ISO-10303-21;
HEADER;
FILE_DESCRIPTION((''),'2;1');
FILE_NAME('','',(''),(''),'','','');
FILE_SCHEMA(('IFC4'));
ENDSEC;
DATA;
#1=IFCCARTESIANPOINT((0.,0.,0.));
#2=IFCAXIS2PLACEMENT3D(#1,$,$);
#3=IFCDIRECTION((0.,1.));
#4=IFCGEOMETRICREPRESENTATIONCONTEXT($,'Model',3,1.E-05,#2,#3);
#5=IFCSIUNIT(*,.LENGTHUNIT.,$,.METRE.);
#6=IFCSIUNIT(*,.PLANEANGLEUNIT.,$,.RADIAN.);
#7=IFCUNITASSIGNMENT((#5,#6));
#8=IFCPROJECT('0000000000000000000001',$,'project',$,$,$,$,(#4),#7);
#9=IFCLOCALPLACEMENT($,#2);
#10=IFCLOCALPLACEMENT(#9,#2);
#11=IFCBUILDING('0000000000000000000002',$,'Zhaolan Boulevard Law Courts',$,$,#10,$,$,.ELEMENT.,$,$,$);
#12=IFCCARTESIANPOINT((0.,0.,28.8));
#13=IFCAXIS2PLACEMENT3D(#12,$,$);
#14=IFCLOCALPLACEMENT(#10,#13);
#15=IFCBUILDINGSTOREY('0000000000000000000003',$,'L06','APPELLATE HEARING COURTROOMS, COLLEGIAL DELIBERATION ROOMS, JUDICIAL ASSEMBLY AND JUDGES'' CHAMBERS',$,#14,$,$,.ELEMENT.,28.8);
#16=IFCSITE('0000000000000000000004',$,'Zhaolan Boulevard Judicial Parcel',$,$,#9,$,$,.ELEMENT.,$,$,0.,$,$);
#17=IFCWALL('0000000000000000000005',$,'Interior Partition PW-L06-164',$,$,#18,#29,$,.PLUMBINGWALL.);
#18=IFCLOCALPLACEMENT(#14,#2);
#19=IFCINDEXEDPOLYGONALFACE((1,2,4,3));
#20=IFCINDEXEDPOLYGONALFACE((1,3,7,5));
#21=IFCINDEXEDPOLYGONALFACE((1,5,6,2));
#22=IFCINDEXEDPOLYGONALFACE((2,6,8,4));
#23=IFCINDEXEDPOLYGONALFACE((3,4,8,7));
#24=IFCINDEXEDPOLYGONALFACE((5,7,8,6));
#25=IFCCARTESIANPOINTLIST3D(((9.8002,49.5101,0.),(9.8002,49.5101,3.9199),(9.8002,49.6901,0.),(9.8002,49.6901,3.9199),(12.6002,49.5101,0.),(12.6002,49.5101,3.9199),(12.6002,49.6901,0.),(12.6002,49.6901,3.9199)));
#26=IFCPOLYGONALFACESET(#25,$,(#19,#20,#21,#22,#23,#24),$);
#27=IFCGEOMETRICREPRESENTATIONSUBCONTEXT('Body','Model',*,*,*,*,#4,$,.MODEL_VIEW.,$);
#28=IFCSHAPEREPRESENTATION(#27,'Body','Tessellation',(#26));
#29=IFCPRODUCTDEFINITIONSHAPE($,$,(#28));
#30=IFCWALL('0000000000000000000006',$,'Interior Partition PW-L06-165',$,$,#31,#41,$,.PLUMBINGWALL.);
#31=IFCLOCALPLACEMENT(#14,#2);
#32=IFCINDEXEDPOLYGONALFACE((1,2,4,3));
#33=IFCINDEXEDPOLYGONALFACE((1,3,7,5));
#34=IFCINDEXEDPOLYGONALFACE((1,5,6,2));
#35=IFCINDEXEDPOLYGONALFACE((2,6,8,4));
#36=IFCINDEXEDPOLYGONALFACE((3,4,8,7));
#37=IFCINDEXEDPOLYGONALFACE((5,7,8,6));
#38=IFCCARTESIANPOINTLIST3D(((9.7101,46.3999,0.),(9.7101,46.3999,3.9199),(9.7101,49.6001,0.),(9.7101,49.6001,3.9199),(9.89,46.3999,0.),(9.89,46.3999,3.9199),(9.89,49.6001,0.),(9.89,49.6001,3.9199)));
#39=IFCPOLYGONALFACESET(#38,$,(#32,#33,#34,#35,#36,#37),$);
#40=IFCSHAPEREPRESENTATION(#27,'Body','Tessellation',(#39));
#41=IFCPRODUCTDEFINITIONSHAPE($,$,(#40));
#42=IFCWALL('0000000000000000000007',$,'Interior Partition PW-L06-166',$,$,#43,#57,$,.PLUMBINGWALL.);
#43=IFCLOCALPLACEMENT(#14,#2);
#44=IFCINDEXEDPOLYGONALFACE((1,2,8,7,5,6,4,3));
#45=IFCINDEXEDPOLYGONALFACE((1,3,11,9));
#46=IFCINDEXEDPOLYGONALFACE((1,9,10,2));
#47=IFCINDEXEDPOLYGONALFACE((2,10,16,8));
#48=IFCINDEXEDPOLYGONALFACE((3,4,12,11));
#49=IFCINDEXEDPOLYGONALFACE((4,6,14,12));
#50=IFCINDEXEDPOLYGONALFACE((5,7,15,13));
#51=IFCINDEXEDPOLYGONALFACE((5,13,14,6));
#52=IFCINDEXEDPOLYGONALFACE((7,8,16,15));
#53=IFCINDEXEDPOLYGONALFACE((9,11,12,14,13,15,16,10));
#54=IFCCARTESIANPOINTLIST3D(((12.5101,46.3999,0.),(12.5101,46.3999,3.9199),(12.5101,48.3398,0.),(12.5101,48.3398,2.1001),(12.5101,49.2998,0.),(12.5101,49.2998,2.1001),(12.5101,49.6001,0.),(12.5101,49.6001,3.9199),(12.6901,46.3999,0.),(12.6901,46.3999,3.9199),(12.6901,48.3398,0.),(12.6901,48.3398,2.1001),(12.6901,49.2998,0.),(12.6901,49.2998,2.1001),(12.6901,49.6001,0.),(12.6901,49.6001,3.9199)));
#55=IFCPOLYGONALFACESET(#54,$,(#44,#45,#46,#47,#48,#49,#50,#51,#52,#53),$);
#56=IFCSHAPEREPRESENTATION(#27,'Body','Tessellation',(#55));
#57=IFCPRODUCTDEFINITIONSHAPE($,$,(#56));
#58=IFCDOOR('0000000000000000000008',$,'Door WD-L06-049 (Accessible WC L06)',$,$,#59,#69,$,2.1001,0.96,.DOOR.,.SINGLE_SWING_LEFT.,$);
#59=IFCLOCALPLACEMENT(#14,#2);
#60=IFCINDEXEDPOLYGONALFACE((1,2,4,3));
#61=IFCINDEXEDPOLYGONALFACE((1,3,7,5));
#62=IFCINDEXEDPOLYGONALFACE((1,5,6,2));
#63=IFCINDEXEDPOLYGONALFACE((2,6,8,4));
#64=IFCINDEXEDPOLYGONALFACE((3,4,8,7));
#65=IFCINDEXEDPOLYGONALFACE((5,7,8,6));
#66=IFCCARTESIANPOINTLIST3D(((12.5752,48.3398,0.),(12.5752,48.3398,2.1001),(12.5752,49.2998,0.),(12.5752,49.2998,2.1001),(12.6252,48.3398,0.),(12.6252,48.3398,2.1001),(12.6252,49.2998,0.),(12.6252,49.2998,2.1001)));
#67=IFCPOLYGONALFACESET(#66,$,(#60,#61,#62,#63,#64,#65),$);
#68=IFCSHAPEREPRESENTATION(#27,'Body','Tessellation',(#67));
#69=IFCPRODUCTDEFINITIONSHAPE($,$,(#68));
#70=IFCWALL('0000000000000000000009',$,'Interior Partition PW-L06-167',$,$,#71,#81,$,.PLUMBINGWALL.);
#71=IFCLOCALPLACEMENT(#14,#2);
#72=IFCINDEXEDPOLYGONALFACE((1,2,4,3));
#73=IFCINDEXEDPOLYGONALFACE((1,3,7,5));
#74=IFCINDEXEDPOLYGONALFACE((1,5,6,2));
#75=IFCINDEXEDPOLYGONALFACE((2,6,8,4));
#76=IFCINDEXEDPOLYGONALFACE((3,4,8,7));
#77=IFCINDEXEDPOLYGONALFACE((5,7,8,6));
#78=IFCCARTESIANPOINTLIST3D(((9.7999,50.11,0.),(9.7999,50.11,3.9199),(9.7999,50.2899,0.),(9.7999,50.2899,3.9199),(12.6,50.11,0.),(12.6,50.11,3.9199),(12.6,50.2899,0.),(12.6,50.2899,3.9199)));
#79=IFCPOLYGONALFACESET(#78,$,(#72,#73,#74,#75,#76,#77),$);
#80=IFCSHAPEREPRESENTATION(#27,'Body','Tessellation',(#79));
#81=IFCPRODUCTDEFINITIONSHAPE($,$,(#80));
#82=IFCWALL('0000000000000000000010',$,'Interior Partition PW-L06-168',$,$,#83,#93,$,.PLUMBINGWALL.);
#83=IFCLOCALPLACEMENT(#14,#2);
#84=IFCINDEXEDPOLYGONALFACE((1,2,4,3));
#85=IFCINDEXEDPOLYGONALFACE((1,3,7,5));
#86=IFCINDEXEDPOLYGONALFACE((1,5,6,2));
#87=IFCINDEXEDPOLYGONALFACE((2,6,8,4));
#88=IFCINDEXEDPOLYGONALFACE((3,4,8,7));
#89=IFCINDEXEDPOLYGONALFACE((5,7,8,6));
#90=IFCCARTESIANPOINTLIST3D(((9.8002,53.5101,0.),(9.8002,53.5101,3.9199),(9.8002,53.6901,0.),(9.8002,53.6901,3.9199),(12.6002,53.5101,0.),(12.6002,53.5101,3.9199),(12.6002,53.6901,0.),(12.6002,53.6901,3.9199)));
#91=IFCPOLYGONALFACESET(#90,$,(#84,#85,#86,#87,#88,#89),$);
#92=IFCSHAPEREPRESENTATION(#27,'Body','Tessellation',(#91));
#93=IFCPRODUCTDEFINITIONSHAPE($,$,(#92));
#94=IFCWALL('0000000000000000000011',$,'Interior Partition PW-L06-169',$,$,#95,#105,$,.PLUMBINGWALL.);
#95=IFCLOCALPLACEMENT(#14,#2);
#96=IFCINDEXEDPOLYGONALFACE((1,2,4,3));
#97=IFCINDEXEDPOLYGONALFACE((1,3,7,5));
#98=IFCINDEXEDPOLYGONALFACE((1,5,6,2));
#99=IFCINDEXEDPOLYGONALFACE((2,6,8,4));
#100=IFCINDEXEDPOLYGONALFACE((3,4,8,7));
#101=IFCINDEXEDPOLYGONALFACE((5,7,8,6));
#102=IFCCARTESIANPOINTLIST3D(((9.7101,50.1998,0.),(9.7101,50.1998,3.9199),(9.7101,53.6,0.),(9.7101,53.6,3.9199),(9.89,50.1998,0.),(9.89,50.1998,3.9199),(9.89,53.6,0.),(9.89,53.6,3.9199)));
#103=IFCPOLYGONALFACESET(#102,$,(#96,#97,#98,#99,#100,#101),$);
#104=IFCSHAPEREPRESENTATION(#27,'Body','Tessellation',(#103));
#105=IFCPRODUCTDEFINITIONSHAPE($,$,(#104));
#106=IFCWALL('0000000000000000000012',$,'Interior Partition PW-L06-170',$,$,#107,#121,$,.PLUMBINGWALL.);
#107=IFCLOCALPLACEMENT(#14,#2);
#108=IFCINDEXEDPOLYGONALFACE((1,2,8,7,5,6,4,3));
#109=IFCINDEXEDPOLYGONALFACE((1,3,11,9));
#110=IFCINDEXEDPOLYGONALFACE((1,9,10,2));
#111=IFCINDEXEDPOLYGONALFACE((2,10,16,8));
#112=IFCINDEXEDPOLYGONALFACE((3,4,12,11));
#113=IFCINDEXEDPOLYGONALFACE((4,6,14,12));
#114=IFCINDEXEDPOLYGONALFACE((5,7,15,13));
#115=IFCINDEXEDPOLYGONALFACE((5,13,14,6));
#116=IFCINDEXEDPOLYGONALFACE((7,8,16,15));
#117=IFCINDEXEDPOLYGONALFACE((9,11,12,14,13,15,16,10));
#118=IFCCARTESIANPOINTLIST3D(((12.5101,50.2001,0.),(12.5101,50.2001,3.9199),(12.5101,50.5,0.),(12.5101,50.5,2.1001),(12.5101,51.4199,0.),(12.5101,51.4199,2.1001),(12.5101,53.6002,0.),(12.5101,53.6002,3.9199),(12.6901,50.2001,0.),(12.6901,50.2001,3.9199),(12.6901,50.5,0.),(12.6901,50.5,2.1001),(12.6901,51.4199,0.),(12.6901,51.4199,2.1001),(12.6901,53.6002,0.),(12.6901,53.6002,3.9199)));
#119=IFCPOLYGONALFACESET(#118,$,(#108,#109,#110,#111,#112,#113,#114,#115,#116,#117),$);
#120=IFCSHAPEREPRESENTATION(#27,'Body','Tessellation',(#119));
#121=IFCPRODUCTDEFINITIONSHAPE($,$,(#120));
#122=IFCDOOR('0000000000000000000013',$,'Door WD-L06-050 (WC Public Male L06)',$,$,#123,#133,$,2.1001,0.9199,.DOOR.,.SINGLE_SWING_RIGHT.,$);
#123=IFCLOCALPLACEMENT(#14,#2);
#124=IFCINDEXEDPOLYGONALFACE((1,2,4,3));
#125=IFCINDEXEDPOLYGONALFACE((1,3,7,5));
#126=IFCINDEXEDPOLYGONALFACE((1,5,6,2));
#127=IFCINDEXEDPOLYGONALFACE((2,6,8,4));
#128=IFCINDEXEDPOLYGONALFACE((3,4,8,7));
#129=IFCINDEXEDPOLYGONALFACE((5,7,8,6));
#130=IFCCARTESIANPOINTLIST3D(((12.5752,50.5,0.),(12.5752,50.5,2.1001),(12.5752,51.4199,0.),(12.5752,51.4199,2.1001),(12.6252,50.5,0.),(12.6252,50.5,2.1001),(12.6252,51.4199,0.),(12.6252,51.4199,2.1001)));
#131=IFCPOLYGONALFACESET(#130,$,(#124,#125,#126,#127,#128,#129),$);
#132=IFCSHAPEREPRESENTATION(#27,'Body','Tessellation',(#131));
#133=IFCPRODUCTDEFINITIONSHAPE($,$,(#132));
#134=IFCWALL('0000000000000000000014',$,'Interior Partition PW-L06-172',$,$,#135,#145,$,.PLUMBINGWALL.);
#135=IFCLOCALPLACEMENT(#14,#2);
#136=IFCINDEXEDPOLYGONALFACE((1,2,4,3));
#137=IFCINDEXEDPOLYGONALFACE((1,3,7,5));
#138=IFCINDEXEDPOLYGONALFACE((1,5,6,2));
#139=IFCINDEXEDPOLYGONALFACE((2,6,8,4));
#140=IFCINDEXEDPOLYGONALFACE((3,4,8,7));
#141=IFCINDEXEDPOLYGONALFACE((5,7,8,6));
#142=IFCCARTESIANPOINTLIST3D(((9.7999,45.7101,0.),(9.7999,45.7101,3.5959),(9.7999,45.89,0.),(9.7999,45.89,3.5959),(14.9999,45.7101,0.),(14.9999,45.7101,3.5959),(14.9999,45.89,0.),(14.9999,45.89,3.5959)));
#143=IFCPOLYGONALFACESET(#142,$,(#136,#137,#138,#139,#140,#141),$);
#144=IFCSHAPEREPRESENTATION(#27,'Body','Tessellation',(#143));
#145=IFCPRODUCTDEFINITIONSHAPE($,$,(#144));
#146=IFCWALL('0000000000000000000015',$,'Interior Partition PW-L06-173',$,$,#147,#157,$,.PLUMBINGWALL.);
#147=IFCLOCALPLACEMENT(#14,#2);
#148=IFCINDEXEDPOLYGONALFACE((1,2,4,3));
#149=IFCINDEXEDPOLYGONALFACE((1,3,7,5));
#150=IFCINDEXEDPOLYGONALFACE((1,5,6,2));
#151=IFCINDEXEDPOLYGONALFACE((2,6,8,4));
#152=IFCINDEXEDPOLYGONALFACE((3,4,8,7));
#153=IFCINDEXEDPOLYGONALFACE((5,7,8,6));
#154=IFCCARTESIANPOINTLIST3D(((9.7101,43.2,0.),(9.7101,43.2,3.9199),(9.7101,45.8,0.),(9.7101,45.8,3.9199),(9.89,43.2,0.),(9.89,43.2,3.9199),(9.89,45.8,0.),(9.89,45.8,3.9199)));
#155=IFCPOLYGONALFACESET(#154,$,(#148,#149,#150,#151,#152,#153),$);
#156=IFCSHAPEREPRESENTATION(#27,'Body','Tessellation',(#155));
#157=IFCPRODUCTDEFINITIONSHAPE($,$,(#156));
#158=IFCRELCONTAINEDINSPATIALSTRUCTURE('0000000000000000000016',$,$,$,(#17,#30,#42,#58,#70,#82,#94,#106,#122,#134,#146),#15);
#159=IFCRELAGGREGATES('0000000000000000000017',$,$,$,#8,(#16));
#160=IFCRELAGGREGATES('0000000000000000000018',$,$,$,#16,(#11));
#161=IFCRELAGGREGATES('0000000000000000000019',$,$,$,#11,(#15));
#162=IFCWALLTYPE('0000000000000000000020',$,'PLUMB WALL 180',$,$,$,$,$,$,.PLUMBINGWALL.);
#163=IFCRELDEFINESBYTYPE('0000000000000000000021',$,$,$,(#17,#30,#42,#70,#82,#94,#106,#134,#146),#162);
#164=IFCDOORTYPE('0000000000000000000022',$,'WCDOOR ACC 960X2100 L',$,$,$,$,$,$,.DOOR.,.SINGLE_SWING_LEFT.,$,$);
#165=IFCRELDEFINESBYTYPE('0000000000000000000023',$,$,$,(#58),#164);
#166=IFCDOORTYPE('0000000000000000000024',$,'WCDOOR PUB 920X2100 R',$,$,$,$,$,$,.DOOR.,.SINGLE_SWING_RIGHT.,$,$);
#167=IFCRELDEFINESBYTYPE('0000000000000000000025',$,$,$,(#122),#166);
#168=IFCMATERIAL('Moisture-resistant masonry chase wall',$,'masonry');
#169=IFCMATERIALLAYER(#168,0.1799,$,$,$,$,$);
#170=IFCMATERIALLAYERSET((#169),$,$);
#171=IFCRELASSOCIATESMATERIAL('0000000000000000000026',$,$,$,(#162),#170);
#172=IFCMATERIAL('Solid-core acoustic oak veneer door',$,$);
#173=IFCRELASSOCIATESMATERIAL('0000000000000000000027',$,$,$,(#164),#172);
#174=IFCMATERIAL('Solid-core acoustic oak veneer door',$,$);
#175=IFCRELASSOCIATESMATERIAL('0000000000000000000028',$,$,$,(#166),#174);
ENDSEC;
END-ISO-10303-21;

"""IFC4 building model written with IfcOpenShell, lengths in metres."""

from ifc_helpers import new_model, si_unit, direction, frame, frame_2d, origin, place, context, subcontext, project, spatial, rectangle, extrude, material, layer, layer_set, type_object, element, fill, save


model = new_model("IFC4")

# Units and contexts
model_context = context("Model", 3, precision=1e-05, world=origin(), true_north=direction((0.0, 1.0)))
body_context = subcontext(model_context, "Body", "Model", "MODEL_VIEW")
ifc_project = project(units=[si_unit("LENGTHUNIT", "METRE"), si_unit("PLANEANGLEUNIT", "RADIAN")], contexts=[model_context])

# Site, building, storey
site_placement = place(None, origin())
site = spatial("IfcSite", under=ifc_project, at=site_placement, Name="Zhaolan Boulevard Judicial Parcel", CompositionType="ELEMENT", RefElevation=0.0)
building_placement = place(site_placement, origin())
building = spatial("IfcBuilding", under=site, at=building_placement, Name="Zhaolan Boulevard Law Courts", CompositionType="ELEMENT")
storey_placement = place(building_placement, frame((0.0, 0.0, 28.8)))
storey = spatial("IfcBuildingStorey", under=building, at=storey_placement, Name="L06", Description="APPELLATE HEARING COURTROOMS, COLLEGIAL DELIBERATION ROOMS, JUDICIAL ASSEMBLY AND JUDGES' CHAMBERS", CompositionType="ELEMENT", Elevation=28.8)

# Walls
ifc_material_1 = material(Name="Moisture-resistant masonry chase wall", Category="masonry")
ifc_layer_1 = layer(ifc_material_1, 0.1799)
ifc_layer_set_1 = layer_set([ifc_layer_1])
wall_type_1 = type_object("IfcWallType", Name="PLUMB WALL 180", PredefinedType="PLUMBINGWALL", material=ifc_layer_set_1)
for number, where, z_axis, x_axis, name in (
    (1, (12.6001, 49.6001, 0.0), (0.0, 0.0, 1.0), (-1.0, 0.0, 0.0), "Interior Partition PW-L06-164"),
):
    element("IfcWall", number, at=place(storey_placement, frame(where, z_axis=z_axis, x_axis=x_axis)), inside=storey, type_object=wall_type_1, Name=name, PredefinedType="PLUMBINGWALL", context=body_context, shape_type="SweptSolid", body=[
        extrude(rectangle(XDim=2.8, YDim=0.1799, at=frame_2d((1.3999, 0.0))), origin(), (0.0, 0.0, 1.0), 3.9199),
    ])
wall_1_placement = place(storey_placement, frame((9.8, 49.6001, 0.0), z_axis=(0.0, 0.0, 1.0), x_axis=(0.0, -1.0, 0.0)))
element("IfcWall", 2, at=wall_1_placement, inside=storey, type_object=wall_type_1, Name="Interior Partition PW-L06-165", PredefinedType="PLUMBINGWALL", context=body_context, shape_type="SweptSolid", body=[
    extrude(rectangle(XDim=3.2002, YDim=0.1799, at=frame_2d((1.6001, 0.0))), origin(), (0.0, 0.0, 1.0), 3.9199),
])

# Wall, opening, door
wall_2_placement = place(storey_placement, frame((12.6001, 46.3999, 0.0), z_axis=(0.0, 0.0, 1.0), x_axis=(0.0, 1.0, 0.0)))
wall_2 = element("IfcWall", 3, at=wall_2_placement, inside=storey, type_object=wall_type_1, Name="Interior Partition PW-L06-166", PredefinedType="PLUMBINGWALL", context=body_context, shape_type="SweptSolid", body=[
    extrude(rectangle(XDim=3.2002, YDim=0.1799, at=frame_2d((1.6001, 0.0))), origin(), (0.0, 0.0, 1.0), 3.9199),
])
opening_1_placement = place(wall_2_placement, frame((1.9399, 0.0, 0.0)))
opening_1 = element("IfcOpeningElement", 4, at=opening_1_placement, cuts=wall_2, PredefinedType="OPENING", context=body_context, shape_type="SweptSolid", body=[
    extrude(rectangle(XDim=0.96, YDim=2.1001, at=frame_2d((0.48, 1.05))), frame((0.0, 0.0999, 0.0), z_axis=(0.0, -1.0, 0.0), x_axis=(1.0, 0.0, 0.0)), (0.0, 0.0, 1.0), 0.2),
])
ifc_material_2 = material(Name="Solid-core acoustic oak veneer door")
door_type_1 = type_object("IfcDoorType", Name="WCDOOR ACC 960X2100 L", OperationType="SINGLE_SWING_LEFT", PredefinedType="DOOR", material=ifc_material_2)
door_1_placement = place(opening_1_placement, origin())
door_1 = element("IfcDoor", 5, at=door_1_placement, inside=storey, type_object=door_type_1, Name="Door WD-L06-049 (Accessible WC L06)", OperationType="SINGLE_SWING_LEFT", OverallHeight=2.1001, OverallWidth=0.96, PredefinedType="DOOR", context=body_context, shape_type="SweptSolid", body=[
    extrude(rectangle(XDim=0.96, YDim=2.1001, at=frame_2d((0.48, 1.05))), frame((0.0, 0.0249, 0.0), z_axis=(0.0, -1.0, 0.0), x_axis=(1.0, 0.0, 0.0)), (0.0, 0.0, 1.0), 0.05),
])
fill(opening_1, door_1)

# Walls
for number, where, z_axis, x_axis, name in (
    (6, (9.8, 50.2, 0.0), (0.0, 0.0, 1.0), (1.0, 0.0, 0.0), "Interior Partition PW-L06-167"),
    (7, (12.6001, 53.6001, 0.0), (0.0, 0.0, 1.0), (-1.0, 0.0, 0.0), "Interior Partition PW-L06-168"),
):
    element("IfcWall", number, at=place(storey_placement, frame(where, z_axis=z_axis, x_axis=x_axis)), inside=storey, type_object=wall_type_1, Name=name, PredefinedType="PLUMBINGWALL", context=body_context, shape_type="SweptSolid", body=[
        extrude(rectangle(XDim=2.8, YDim=0.1799, at=frame_2d((1.3999, 0.0))), origin(), (0.0, 0.0, 1.0), 3.9199),
    ])
wall_3_placement = place(storey_placement, frame((9.8, 53.6001, 0.0), z_axis=(0.0, 0.0, 1.0), x_axis=(0.0, -1.0, 0.0)))
element("IfcWall", 8, at=wall_3_placement, inside=storey, type_object=wall_type_1, Name="Interior Partition PW-L06-169", PredefinedType="PLUMBINGWALL", context=body_context, shape_type="SweptSolid", body=[
    extrude(rectangle(XDim=3.4001, YDim=0.1799, at=frame_2d((1.7002, 0.0))), origin(), (0.0, 0.0, 1.0), 3.9199),
])

# Wall, opening, door
wall_4_placement = place(storey_placement, frame((12.6001, 50.2, 0.0), z_axis=(0.0, 0.0, 1.0), x_axis=(0.0, 1.0, 0.0)))
wall_4 = element("IfcWall", 9, at=wall_4_placement, inside=storey, type_object=wall_type_1, Name="Interior Partition PW-L06-170", PredefinedType="PLUMBINGWALL", context=body_context, shape_type="SweptSolid", body=[
    extrude(rectangle(XDim=3.4001, YDim=0.1799, at=frame_2d((1.7002, 0.0))), origin(), (0.0, 0.0, 1.0), 3.9199),
])
opening_2_placement = place(wall_4_placement, frame((0.3, 0.0, 0.0)))
opening_2 = element("IfcOpeningElement", 10, at=opening_2_placement, cuts=wall_4, PredefinedType="OPENING", context=body_context, shape_type="SweptSolid", body=[
    extrude(rectangle(XDim=0.9199, YDim=2.1001, at=frame_2d((0.46, 1.05))), frame((0.0, 0.0999, 0.0), z_axis=(0.0, -1.0, 0.0), x_axis=(1.0, 0.0, 0.0)), (0.0, 0.0, 1.0), 0.2),
])
ifc_material_3 = material(Name="Solid-core acoustic oak veneer door")
door_type_2 = type_object("IfcDoorType", Name="WCDOOR PUB 920X2100 R", OperationType="SINGLE_SWING_RIGHT", PredefinedType="DOOR", material=ifc_material_3)
door_2_placement = place(opening_2_placement, origin())
door_2 = element("IfcDoor", 11, at=door_2_placement, inside=storey, type_object=door_type_2, Name="Door WD-L06-050 (WC Public Male L06)", OperationType="SINGLE_SWING_RIGHT", OverallHeight=2.1001, OverallWidth=0.9199, PredefinedType="DOOR", context=body_context, shape_type="SweptSolid", body=[
    extrude(rectangle(XDim=0.9199, YDim=2.1001, at=frame_2d((0.46, 1.05))), frame((0.0, 0.0249, 0.0), z_axis=(0.0, -1.0, 0.0), x_axis=(1.0, 0.0, 0.0)), (0.0, 0.0, 1.0), 0.05),
])
fill(opening_2, door_2)

# Walls
wall_5_placement = place(storey_placement, frame((15.0, 45.8, 0.0), z_axis=(0.0, 0.0, 1.0), x_axis=(-1.0, 0.0, 0.0)))
element("IfcWall", 12, at=wall_5_placement, inside=storey, type_object=wall_type_1, Name="Interior Partition PW-L06-172", PredefinedType="PLUMBINGWALL", context=body_context, shape_type="SweptSolid", body=[
    extrude(rectangle(XDim=5.2, YDim=0.1799, at=frame_2d((2.6001, 0.0))), origin(), (0.0, 0.0, 1.0), 3.5959),
])
wall_6_placement = place(storey_placement, frame((9.8, 45.8, 0.0), z_axis=(0.0, 0.0, 1.0), x_axis=(0.0, -1.0, 0.0)))
element("IfcWall", 13, at=wall_6_placement, inside=storey, type_object=wall_type_1, Name="Interior Partition PW-L06-173", PredefinedType="PLUMBINGWALL", context=body_context, shape_type="SweptSolid", body=[
    extrude(rectangle(XDim=2.6001, YDim=0.1799, at=frame_2d((1.3, 0.0))), origin(), (0.0, 0.0, 1.0), 3.9199),
])

save(model, "model.ifc")
